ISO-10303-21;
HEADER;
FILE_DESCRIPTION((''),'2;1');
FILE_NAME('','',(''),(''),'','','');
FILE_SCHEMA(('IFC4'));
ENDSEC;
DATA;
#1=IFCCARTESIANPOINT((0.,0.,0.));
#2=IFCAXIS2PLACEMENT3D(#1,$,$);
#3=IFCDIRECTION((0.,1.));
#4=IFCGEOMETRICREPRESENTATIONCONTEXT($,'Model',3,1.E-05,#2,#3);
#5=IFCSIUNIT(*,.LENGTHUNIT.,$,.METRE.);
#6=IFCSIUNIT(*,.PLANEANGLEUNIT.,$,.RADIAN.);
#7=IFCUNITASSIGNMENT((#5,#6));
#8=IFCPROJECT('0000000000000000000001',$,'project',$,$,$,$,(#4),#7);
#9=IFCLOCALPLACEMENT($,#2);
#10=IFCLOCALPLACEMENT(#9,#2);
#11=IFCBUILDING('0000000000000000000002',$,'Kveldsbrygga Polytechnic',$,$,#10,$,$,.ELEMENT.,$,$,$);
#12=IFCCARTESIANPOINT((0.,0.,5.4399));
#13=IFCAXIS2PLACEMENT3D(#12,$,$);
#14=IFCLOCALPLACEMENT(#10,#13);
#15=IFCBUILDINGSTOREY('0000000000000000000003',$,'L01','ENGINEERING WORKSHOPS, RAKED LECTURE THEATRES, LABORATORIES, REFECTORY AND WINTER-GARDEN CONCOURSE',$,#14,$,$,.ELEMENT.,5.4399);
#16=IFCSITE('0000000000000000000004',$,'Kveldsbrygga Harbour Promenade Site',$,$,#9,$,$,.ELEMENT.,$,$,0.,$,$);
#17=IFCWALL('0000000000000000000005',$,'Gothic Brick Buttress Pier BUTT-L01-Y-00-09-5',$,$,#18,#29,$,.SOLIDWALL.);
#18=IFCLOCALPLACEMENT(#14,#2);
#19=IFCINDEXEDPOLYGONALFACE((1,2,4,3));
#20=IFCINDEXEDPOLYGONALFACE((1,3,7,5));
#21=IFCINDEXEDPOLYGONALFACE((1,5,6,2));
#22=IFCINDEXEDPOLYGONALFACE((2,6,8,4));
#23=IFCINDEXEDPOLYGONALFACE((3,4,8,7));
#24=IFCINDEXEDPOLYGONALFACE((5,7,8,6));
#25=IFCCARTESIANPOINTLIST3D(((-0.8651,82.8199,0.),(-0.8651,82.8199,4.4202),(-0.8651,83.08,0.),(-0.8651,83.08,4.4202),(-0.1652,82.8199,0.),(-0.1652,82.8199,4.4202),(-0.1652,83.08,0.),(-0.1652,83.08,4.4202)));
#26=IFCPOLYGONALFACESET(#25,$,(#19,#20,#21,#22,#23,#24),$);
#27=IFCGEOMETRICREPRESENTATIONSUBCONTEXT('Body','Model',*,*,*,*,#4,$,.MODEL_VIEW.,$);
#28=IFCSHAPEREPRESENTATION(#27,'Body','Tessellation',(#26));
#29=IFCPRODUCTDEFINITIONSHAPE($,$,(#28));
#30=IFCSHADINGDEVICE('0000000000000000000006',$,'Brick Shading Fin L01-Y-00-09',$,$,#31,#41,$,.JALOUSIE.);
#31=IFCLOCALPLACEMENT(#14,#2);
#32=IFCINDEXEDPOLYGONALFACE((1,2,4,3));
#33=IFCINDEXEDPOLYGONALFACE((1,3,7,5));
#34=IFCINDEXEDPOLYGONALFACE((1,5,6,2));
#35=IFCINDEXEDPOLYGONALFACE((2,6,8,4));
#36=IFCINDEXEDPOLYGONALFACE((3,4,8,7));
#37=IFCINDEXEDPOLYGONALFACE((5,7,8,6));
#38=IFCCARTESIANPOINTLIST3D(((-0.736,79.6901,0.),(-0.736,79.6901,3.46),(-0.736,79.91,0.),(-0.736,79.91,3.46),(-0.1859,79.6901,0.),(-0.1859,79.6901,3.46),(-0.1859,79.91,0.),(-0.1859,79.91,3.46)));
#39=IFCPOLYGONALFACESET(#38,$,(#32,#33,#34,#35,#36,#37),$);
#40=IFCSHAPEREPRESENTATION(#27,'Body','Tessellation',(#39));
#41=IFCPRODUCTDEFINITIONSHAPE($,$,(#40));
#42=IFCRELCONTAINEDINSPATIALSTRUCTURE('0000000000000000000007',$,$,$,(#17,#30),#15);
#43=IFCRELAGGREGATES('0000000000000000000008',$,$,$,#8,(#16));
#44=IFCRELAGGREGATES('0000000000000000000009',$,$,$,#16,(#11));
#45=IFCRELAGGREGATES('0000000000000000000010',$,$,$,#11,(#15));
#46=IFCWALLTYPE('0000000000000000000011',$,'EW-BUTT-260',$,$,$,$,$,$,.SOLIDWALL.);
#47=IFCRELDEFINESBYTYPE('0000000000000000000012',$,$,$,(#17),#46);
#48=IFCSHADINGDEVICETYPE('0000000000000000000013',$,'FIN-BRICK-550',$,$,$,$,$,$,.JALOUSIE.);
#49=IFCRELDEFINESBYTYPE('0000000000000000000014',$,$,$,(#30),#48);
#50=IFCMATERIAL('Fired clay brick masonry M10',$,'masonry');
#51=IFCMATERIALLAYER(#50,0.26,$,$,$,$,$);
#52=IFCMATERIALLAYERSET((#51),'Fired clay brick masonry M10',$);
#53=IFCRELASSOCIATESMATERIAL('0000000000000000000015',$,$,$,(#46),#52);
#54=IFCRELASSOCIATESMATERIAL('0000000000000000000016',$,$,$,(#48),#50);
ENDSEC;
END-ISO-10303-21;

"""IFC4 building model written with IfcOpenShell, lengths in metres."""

from ifc_helpers import new_model, si_unit, direction, frame, frame_2d, origin, origin_2d, place, context, subcontext, project, spatial, rectangle, extrude, material, layer, layer_set, type_object, element, save


model = new_model("IFC4")

# Units and contexts
model_context = context("Model", 3, precision=1e-05, world=origin(), true_north=direction((0.0, 1.0)))
body_context = subcontext(model_context, "Body", "Model", "MODEL_VIEW")
ifc_project = project(units=[si_unit("LENGTHUNIT", "METRE"), si_unit("PLANEANGLEUNIT", "RADIAN")], contexts=[model_context])

# Site, building, storey
site_placement = place(None, origin())
site = spatial("IfcSite", under=ifc_project, at=site_placement, Name="Kveldsbrygga Harbour Promenade Site", CompositionType="ELEMENT", RefElevation=0.0)
building_placement = place(site_placement, origin())
building = spatial("IfcBuilding", under=site, at=building_placement, Name="Kveldsbrygga Polytechnic", CompositionType="ELEMENT")
storey_placement = place(building_placement, frame((0.0, 0.0, 5.4399)))
storey = spatial("IfcBuildingStorey", under=building, at=storey_placement, Name="L01", Description="ENGINEERING WORKSHOPS, RAKED LECTURE THEATRES, LABORATORIES, REFECTORY AND WINTER-GARDEN CONCOURSE", CompositionType="ELEMENT", Elevation=5.4399)

# Shared definitions
ifc_material_1 = material(Name="Fired clay brick masonry M10", Category="masonry")

# Wall
ifc_layer_1 = layer(ifc_material_1, 0.26)
ifc_layer_set_1 = layer_set([ifc_layer_1], Name="Fired clay brick masonry M10")
wall_type_1 = type_object("IfcWallType", Name="EW-BUTT-260", PredefinedType="SOLIDWALL", material=ifc_layer_set_1)
for number, where, z_axis, x_axis, name in (
    (1, (-0.165, 82.95, 0.0), (0.0, 0.0, 1.0), (-1.0, 0.0, 0.0), "Gothic Brick Buttress Pier BUTT-L01-Y-00-09-5"),
):
    element("IfcWall", number, at=place(storey_placement, frame(where, z_axis=z_axis, x_axis=x_axis)), inside=storey, type_object=wall_type_1, Name=name, PredefinedType="SOLIDWALL", context=body_context, shape_type="SweptSolid", body=[
        extrude(rectangle(XDim=0.7, YDim=0.26, at=frame_2d((0.3501, 0.0))), origin(), (0.0, 0.0, 1.0), 4.4202),
    ])

# Shading device
shading_device_type = type_object("IfcShadingDeviceType", Name="FIN-BRICK-550", PredefinedType="JALOUSIE", material=ifc_material_1)
shading_device_placement = place(storey_placement, frame((-0.4609, 79.8, 0.0), z_axis=(0.0, 0.0, 1.0), x_axis=(0.0, 1.0, 0.0)))
element("IfcShadingDevice", 2, at=shading_device_placement, inside=storey, type_object=shading_device_type, Name="Brick Shading Fin L01-Y-00-09", PredefinedType="JALOUSIE", context=body_context, shape_type="SweptSolid", body=[
    extrude(rectangle(XDim=0.22, YDim=0.55, at=origin_2d()), origin(), (0.0, 0.0, 1.0), 3.46),
])

save(model, "model.ifc")
